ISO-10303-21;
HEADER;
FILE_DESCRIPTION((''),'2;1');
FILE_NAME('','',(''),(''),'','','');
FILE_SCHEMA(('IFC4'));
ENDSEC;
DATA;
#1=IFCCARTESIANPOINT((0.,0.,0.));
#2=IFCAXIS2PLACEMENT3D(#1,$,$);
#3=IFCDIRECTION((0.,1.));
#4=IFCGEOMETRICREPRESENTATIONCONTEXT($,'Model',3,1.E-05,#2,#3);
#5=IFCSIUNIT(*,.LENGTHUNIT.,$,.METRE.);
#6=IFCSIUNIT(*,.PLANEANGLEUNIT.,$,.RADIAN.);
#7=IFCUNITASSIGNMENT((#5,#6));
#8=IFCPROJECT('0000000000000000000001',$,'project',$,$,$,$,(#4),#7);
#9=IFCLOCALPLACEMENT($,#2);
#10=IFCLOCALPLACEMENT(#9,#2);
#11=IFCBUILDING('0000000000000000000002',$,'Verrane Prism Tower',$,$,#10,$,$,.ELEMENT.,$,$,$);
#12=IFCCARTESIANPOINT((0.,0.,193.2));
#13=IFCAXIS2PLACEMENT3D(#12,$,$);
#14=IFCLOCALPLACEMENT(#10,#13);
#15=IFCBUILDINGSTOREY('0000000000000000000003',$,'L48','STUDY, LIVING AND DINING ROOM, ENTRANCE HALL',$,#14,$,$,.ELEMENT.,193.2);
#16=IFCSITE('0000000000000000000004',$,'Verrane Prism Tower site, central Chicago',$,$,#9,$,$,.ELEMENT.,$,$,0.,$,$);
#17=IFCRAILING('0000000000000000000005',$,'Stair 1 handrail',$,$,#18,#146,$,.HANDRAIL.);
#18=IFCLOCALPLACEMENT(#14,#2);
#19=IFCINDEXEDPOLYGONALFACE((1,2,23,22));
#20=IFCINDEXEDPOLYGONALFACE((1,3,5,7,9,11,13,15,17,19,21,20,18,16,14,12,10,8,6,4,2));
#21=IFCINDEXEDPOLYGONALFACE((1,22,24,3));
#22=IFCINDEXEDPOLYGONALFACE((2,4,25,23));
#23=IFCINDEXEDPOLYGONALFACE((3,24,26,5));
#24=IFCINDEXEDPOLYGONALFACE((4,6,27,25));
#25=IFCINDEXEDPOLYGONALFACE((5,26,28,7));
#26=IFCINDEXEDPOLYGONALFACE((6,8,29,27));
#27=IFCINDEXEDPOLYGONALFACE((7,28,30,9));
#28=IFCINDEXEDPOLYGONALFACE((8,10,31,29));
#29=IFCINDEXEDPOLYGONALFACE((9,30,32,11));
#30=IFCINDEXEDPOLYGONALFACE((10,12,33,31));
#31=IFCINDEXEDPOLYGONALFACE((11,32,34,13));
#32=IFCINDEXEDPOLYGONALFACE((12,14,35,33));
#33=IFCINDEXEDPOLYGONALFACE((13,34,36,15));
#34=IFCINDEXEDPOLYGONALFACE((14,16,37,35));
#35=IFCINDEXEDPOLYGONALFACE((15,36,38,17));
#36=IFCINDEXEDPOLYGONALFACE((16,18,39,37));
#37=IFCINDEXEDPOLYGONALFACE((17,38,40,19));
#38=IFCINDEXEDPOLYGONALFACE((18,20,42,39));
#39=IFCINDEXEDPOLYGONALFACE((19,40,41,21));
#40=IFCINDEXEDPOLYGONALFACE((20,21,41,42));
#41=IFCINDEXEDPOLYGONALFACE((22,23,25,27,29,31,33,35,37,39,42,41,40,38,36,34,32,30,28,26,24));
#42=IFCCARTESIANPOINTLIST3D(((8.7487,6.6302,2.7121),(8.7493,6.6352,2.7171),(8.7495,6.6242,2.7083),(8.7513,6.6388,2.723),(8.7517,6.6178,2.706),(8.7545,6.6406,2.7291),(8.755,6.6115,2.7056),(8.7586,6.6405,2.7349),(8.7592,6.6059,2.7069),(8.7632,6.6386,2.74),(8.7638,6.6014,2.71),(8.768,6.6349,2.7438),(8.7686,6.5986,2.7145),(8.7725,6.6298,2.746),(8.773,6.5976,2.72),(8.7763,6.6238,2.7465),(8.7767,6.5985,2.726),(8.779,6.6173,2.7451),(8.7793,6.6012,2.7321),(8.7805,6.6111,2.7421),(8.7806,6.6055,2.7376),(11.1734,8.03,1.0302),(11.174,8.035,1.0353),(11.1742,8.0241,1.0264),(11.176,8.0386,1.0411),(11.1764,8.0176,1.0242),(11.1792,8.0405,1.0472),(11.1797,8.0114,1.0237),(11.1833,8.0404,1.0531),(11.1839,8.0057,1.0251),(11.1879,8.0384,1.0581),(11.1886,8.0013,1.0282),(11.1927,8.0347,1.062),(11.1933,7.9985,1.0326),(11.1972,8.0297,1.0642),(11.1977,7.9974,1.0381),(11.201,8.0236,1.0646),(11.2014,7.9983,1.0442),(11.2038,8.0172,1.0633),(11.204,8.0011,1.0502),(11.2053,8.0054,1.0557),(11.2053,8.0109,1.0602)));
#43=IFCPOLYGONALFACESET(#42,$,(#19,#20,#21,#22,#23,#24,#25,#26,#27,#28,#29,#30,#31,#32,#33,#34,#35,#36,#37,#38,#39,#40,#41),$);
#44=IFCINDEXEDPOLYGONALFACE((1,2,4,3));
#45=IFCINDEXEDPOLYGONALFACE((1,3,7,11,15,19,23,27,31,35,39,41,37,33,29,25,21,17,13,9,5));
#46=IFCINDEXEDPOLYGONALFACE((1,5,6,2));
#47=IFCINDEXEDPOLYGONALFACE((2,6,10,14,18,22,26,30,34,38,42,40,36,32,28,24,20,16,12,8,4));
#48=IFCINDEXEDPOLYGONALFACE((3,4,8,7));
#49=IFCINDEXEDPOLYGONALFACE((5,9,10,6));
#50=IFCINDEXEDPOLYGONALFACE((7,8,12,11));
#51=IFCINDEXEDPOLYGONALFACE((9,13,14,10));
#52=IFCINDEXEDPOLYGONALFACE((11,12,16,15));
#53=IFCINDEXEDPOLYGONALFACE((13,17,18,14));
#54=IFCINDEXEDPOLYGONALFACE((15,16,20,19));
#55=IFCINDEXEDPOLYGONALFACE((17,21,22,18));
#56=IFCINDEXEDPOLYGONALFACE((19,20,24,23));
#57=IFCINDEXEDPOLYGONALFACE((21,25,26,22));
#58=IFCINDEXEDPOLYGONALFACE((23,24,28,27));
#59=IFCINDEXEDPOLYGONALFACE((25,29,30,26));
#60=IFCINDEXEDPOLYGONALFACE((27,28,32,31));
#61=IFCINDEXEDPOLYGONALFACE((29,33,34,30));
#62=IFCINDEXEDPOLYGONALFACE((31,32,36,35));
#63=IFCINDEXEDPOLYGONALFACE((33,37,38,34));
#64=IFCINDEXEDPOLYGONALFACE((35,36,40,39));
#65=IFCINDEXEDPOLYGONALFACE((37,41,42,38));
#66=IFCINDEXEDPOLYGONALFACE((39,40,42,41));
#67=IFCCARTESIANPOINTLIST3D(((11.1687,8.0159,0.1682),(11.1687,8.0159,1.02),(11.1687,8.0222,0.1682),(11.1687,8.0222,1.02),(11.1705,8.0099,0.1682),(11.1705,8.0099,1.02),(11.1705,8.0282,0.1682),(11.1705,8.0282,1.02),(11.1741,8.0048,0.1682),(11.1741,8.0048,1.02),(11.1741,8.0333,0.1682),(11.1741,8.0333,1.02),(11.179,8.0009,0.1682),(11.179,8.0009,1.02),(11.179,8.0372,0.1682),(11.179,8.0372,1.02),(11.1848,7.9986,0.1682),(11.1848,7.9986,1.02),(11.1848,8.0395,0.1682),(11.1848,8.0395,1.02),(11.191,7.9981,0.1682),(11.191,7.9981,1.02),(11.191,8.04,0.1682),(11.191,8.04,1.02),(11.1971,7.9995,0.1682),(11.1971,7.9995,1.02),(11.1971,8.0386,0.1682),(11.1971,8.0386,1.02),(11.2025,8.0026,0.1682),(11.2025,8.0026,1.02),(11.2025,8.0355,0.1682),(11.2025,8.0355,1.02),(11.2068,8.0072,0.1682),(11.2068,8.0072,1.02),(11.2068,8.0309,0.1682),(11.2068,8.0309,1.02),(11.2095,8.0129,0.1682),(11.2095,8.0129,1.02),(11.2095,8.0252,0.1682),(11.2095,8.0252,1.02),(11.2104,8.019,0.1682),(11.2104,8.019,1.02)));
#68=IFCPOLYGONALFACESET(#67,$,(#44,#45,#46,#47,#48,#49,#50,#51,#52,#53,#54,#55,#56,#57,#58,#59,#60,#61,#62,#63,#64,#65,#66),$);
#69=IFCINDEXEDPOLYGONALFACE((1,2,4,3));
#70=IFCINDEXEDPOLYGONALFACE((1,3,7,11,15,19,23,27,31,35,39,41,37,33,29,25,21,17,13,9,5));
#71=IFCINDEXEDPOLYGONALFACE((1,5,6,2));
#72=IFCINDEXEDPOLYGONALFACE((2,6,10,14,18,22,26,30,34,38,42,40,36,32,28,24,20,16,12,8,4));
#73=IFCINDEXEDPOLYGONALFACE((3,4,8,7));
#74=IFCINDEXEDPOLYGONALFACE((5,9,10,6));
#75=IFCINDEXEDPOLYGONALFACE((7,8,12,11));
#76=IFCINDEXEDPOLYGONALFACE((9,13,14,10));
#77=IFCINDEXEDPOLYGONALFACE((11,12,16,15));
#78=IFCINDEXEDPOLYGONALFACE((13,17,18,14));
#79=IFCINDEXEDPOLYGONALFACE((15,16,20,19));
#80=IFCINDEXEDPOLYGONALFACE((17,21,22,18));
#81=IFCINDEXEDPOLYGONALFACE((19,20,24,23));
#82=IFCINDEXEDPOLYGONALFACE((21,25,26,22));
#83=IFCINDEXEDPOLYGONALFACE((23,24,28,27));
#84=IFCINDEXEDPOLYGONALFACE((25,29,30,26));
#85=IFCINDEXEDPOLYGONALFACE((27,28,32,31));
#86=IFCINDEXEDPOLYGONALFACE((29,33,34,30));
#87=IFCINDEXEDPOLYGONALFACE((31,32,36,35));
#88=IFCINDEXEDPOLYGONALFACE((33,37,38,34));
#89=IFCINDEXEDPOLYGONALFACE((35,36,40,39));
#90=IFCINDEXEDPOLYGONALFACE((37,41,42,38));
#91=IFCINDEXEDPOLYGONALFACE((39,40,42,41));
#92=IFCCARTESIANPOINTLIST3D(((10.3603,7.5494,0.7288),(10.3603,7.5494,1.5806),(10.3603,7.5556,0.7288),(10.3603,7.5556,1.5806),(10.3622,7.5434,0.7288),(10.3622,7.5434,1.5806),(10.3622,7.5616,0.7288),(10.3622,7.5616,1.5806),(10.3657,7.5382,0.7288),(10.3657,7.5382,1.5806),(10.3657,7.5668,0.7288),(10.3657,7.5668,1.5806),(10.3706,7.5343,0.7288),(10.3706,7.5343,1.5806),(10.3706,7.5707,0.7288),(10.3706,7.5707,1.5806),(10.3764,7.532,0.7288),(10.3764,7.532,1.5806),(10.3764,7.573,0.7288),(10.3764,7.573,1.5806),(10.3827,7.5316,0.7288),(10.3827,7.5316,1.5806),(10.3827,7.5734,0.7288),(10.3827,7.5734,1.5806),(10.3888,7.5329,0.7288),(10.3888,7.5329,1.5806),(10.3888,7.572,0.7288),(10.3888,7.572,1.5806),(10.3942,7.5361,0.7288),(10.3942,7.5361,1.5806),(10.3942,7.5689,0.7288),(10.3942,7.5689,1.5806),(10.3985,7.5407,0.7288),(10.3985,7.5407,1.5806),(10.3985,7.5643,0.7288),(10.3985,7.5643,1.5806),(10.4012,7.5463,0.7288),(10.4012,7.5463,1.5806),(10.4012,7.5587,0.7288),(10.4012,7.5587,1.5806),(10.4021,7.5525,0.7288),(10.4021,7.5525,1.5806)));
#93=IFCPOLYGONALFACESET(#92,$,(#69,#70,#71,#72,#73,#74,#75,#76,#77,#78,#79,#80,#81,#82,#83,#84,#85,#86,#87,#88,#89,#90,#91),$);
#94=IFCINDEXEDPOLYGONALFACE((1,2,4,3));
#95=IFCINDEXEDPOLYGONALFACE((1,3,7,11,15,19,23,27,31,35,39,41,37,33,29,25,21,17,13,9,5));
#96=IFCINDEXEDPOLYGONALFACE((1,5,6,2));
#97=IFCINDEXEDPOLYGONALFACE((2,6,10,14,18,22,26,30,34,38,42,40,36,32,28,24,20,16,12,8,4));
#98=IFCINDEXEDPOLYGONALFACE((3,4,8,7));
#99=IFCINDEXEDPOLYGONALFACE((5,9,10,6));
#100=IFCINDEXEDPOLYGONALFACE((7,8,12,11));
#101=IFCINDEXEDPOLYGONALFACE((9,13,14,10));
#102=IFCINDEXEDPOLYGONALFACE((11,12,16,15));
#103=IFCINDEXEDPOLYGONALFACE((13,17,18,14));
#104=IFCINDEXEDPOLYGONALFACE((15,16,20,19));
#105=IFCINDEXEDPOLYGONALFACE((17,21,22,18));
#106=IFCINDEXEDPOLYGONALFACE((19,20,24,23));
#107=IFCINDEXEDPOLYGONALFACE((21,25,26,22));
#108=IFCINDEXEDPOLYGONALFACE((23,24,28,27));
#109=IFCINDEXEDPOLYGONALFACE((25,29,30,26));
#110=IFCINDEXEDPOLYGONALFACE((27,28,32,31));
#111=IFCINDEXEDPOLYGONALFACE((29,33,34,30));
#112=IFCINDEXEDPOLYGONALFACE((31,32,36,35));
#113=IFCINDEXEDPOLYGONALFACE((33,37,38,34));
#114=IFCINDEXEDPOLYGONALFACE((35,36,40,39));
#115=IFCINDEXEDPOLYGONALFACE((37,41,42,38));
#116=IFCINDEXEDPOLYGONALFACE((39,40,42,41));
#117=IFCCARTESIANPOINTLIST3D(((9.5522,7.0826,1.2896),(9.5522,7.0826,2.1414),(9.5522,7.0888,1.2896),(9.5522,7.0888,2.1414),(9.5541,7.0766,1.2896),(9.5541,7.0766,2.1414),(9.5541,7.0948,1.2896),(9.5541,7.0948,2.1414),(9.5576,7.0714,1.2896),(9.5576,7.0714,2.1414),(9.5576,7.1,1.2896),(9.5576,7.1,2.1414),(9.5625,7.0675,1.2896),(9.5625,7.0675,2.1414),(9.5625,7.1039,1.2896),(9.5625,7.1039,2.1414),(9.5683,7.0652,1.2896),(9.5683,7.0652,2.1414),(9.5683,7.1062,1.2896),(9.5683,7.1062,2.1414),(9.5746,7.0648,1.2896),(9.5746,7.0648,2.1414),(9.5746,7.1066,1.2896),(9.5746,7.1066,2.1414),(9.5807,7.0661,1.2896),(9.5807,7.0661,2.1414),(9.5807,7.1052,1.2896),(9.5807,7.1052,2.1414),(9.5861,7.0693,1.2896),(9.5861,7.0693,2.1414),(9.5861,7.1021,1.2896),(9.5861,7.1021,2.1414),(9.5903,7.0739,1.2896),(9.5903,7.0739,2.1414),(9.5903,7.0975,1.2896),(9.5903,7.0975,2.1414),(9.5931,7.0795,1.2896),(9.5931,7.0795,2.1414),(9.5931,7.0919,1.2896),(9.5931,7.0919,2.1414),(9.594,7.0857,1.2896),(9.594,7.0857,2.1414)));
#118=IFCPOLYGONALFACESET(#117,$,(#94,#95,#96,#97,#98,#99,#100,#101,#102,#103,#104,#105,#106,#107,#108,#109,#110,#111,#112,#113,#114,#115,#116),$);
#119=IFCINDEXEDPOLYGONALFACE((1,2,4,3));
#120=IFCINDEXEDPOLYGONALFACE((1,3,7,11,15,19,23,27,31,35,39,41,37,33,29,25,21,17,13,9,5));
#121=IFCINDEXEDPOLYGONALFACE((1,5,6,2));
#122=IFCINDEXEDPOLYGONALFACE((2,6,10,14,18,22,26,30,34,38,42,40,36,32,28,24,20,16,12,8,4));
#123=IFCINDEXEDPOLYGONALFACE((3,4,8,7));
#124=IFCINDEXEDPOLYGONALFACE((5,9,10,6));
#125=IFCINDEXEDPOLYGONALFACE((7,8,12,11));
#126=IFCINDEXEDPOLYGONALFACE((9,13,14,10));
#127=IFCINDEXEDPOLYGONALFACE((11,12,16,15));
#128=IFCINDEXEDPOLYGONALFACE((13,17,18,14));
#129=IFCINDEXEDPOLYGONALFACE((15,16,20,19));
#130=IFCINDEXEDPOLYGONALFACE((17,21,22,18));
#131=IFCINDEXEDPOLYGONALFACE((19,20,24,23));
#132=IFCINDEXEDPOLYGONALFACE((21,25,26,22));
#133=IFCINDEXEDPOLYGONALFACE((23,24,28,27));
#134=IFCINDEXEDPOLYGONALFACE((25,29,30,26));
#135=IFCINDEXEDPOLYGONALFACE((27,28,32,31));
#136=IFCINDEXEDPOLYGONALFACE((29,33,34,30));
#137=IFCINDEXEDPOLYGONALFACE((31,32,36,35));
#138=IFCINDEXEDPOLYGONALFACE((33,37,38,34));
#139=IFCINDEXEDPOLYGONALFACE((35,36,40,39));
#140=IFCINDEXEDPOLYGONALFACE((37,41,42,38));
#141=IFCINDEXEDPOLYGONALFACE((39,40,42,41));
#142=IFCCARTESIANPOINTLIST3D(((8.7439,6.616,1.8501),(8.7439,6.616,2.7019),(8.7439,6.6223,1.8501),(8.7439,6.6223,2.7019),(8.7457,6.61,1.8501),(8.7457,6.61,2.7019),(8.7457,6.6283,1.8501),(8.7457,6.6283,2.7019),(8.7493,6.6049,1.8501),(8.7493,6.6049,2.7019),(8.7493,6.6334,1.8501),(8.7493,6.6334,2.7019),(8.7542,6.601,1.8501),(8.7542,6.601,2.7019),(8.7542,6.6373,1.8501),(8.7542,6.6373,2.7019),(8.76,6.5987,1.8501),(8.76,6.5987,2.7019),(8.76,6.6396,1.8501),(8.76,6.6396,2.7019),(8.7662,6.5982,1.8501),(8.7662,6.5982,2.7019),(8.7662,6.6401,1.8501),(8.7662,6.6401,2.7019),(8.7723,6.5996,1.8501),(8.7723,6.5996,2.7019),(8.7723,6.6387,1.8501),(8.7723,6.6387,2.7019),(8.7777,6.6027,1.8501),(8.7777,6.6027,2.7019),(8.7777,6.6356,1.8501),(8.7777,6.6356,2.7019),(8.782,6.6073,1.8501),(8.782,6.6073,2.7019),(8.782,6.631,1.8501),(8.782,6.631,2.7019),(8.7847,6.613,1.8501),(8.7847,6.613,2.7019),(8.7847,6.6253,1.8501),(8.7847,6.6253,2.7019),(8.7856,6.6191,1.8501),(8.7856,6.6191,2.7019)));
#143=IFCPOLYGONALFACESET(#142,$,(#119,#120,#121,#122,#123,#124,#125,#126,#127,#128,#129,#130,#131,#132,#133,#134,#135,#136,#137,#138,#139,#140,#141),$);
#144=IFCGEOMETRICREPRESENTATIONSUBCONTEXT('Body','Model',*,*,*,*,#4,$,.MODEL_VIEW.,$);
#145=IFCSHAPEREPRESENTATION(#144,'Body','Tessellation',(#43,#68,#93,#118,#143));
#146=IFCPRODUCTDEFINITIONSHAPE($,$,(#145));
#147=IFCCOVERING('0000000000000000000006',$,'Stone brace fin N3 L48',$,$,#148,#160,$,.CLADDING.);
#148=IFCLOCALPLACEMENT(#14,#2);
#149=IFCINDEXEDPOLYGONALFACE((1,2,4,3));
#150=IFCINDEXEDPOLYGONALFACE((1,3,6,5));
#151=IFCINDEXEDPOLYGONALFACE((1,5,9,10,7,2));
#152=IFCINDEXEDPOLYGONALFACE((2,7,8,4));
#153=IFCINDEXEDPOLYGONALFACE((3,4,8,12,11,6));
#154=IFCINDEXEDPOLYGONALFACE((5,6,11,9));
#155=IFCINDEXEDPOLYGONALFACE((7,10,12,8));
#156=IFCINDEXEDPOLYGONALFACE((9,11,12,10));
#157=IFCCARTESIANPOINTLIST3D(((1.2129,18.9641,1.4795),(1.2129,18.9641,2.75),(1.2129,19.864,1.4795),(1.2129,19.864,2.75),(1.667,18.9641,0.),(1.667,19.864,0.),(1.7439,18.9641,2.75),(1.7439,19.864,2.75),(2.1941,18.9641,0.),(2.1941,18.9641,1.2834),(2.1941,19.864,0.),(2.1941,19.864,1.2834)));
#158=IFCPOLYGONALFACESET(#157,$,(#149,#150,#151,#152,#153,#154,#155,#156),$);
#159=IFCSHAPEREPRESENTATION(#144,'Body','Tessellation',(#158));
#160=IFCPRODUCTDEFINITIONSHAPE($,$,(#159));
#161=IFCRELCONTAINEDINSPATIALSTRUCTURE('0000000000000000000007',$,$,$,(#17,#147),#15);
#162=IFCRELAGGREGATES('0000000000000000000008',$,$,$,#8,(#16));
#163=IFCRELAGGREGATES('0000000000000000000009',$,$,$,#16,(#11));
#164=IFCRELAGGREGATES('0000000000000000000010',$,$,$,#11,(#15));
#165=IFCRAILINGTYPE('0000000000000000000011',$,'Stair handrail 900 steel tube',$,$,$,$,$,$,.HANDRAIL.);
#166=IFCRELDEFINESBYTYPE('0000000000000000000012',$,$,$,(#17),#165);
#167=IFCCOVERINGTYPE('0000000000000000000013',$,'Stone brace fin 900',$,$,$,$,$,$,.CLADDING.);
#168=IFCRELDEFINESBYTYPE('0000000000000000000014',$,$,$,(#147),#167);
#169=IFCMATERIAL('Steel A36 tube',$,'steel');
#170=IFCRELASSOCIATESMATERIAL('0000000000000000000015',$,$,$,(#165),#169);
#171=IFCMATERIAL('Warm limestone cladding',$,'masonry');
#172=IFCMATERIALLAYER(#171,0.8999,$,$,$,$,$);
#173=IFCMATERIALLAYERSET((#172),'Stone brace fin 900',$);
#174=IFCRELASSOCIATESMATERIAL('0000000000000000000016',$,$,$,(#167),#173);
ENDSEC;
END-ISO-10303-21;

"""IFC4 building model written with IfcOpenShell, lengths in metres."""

from ifc_helpers import new_model, si_unit, direction, frame, origin, origin_2d, place, context, subcontext, project, spatial, polyline, circle, outline, extrude, material, layer, layer_set, type_object, element, save


model = new_model("IFC4")

# Units and contexts
model_context = context("Model", 3, precision=1e-05, world=origin(), true_north=direction((0.0, 1.0)))
body_context = subcontext(model_context, "Body", "Model", "MODEL_VIEW")
ifc_project = project(units=[si_unit("LENGTHUNIT", "METRE"), si_unit("PLANEANGLEUNIT", "RADIAN")], contexts=[model_context])

# Site, building, storey
site_placement = place(None, origin())
site = spatial("IfcSite", under=ifc_project, at=site_placement, Name="Verrane Prism Tower site, central Chicago", CompositionType="ELEMENT", RefElevation=0.0)
building_placement = place(site_placement, origin())
building = spatial("IfcBuilding", under=site, at=building_placement, Name="Verrane Prism Tower", CompositionType="ELEMENT")
storey_placement = place(building_placement, frame((0.0, 0.0, 193.2)))
storey = spatial("IfcBuildingStorey", under=building, at=storey_placement, Name="L48", Description="STUDY, LIVING AND DINING ROOM, ENTRANCE HALL", CompositionType="ELEMENT", Elevation=193.2)

# Railing
ifc_material_1 = material(Name="Steel A36 tube", Category="steel")
railing_type = type_object("IfcRailingType", Name="Stair handrail 900 steel tube", PredefinedType="HANDRAIL", material=ifc_material_1)
railing_placement = place(storey_placement, frame((11.1895, 8.019, 0.1682)))
element("IfcRailing", 1, at=railing_placement, inside=storey, type_object=railing_type, Name="Stair 1 handrail", PredefinedType="HANDRAIL", context=body_context, shape_type="SweptSolid", body=[
    extrude(circle(Radius=0.0239, at=origin_2d()), frame((0.0, 0.0, 0.876), z_axis=(-0.74239, -0.428601, 0.514934), x_axis=(0.499984, -0.866035, 0.0)), (0.0, 0.0, 1.0), 3.2661),
    extrude(circle(Radius=0.021, at=origin_2d()), origin(), (0.0, 0.0, 1.0), 0.8518),
    extrude(circle(Radius=0.021, at=origin_2d()), frame((-0.8083, -0.4666, 0.5605)), (0.0, 0.0, 1.0), 0.8518),
    extrude(circle(Radius=0.021, at=origin_2d()), frame((-1.6165, -0.9333, 1.1213)), (0.0, 0.0, 1.0), 0.8518),
    extrude(circle(Radius=0.021, at=origin_2d()), frame((-2.4248, -1.3999, 1.6819)), (0.0, 0.0, 1.0), 0.8518),
])

# Covering
ifc_material_2 = material(Name="Warm limestone cladding", Category="masonry")
ifc_layer_1 = layer(ifc_material_2, 0.8999)
ifc_layer_set_1 = layer_set([ifc_layer_1], Name="Stone brace fin 900")
covering_type = type_object("IfcCoveringType", Name="Stone brace fin 900", PredefinedType="CLADDING", material=ifc_layer_set_1)
covering_placement = place(storey_placement, frame((2.1941, 19.4141, 0.0), z_axis=(0.0, 0.0, 1.0), x_axis=(-1.0, 0.0, 0.0)))
element("IfcCovering", 2, at=covering_placement, inside=storey, type_object=covering_type, Name="Stone brace fin N3 L48", PredefinedType="CLADDING", context=body_context, shape_type="SweptSolid", body=[
    extrude(outline(polyline([(0.9812, 2.75), (0.4502, 2.75), (0.0, 1.2834), (0.0, 0.0), (0.5271, 0.0), (0.9812, 1.4795), (0.9812, 2.75)])), frame((0.0, 0.45, 0.0), z_axis=(0.0, -1.0, 0.0), x_axis=(1.0, 0.0, 0.0)), (0.0, 0.0, 1.0), 0.8999),
])

save(model, "model.ifc")
